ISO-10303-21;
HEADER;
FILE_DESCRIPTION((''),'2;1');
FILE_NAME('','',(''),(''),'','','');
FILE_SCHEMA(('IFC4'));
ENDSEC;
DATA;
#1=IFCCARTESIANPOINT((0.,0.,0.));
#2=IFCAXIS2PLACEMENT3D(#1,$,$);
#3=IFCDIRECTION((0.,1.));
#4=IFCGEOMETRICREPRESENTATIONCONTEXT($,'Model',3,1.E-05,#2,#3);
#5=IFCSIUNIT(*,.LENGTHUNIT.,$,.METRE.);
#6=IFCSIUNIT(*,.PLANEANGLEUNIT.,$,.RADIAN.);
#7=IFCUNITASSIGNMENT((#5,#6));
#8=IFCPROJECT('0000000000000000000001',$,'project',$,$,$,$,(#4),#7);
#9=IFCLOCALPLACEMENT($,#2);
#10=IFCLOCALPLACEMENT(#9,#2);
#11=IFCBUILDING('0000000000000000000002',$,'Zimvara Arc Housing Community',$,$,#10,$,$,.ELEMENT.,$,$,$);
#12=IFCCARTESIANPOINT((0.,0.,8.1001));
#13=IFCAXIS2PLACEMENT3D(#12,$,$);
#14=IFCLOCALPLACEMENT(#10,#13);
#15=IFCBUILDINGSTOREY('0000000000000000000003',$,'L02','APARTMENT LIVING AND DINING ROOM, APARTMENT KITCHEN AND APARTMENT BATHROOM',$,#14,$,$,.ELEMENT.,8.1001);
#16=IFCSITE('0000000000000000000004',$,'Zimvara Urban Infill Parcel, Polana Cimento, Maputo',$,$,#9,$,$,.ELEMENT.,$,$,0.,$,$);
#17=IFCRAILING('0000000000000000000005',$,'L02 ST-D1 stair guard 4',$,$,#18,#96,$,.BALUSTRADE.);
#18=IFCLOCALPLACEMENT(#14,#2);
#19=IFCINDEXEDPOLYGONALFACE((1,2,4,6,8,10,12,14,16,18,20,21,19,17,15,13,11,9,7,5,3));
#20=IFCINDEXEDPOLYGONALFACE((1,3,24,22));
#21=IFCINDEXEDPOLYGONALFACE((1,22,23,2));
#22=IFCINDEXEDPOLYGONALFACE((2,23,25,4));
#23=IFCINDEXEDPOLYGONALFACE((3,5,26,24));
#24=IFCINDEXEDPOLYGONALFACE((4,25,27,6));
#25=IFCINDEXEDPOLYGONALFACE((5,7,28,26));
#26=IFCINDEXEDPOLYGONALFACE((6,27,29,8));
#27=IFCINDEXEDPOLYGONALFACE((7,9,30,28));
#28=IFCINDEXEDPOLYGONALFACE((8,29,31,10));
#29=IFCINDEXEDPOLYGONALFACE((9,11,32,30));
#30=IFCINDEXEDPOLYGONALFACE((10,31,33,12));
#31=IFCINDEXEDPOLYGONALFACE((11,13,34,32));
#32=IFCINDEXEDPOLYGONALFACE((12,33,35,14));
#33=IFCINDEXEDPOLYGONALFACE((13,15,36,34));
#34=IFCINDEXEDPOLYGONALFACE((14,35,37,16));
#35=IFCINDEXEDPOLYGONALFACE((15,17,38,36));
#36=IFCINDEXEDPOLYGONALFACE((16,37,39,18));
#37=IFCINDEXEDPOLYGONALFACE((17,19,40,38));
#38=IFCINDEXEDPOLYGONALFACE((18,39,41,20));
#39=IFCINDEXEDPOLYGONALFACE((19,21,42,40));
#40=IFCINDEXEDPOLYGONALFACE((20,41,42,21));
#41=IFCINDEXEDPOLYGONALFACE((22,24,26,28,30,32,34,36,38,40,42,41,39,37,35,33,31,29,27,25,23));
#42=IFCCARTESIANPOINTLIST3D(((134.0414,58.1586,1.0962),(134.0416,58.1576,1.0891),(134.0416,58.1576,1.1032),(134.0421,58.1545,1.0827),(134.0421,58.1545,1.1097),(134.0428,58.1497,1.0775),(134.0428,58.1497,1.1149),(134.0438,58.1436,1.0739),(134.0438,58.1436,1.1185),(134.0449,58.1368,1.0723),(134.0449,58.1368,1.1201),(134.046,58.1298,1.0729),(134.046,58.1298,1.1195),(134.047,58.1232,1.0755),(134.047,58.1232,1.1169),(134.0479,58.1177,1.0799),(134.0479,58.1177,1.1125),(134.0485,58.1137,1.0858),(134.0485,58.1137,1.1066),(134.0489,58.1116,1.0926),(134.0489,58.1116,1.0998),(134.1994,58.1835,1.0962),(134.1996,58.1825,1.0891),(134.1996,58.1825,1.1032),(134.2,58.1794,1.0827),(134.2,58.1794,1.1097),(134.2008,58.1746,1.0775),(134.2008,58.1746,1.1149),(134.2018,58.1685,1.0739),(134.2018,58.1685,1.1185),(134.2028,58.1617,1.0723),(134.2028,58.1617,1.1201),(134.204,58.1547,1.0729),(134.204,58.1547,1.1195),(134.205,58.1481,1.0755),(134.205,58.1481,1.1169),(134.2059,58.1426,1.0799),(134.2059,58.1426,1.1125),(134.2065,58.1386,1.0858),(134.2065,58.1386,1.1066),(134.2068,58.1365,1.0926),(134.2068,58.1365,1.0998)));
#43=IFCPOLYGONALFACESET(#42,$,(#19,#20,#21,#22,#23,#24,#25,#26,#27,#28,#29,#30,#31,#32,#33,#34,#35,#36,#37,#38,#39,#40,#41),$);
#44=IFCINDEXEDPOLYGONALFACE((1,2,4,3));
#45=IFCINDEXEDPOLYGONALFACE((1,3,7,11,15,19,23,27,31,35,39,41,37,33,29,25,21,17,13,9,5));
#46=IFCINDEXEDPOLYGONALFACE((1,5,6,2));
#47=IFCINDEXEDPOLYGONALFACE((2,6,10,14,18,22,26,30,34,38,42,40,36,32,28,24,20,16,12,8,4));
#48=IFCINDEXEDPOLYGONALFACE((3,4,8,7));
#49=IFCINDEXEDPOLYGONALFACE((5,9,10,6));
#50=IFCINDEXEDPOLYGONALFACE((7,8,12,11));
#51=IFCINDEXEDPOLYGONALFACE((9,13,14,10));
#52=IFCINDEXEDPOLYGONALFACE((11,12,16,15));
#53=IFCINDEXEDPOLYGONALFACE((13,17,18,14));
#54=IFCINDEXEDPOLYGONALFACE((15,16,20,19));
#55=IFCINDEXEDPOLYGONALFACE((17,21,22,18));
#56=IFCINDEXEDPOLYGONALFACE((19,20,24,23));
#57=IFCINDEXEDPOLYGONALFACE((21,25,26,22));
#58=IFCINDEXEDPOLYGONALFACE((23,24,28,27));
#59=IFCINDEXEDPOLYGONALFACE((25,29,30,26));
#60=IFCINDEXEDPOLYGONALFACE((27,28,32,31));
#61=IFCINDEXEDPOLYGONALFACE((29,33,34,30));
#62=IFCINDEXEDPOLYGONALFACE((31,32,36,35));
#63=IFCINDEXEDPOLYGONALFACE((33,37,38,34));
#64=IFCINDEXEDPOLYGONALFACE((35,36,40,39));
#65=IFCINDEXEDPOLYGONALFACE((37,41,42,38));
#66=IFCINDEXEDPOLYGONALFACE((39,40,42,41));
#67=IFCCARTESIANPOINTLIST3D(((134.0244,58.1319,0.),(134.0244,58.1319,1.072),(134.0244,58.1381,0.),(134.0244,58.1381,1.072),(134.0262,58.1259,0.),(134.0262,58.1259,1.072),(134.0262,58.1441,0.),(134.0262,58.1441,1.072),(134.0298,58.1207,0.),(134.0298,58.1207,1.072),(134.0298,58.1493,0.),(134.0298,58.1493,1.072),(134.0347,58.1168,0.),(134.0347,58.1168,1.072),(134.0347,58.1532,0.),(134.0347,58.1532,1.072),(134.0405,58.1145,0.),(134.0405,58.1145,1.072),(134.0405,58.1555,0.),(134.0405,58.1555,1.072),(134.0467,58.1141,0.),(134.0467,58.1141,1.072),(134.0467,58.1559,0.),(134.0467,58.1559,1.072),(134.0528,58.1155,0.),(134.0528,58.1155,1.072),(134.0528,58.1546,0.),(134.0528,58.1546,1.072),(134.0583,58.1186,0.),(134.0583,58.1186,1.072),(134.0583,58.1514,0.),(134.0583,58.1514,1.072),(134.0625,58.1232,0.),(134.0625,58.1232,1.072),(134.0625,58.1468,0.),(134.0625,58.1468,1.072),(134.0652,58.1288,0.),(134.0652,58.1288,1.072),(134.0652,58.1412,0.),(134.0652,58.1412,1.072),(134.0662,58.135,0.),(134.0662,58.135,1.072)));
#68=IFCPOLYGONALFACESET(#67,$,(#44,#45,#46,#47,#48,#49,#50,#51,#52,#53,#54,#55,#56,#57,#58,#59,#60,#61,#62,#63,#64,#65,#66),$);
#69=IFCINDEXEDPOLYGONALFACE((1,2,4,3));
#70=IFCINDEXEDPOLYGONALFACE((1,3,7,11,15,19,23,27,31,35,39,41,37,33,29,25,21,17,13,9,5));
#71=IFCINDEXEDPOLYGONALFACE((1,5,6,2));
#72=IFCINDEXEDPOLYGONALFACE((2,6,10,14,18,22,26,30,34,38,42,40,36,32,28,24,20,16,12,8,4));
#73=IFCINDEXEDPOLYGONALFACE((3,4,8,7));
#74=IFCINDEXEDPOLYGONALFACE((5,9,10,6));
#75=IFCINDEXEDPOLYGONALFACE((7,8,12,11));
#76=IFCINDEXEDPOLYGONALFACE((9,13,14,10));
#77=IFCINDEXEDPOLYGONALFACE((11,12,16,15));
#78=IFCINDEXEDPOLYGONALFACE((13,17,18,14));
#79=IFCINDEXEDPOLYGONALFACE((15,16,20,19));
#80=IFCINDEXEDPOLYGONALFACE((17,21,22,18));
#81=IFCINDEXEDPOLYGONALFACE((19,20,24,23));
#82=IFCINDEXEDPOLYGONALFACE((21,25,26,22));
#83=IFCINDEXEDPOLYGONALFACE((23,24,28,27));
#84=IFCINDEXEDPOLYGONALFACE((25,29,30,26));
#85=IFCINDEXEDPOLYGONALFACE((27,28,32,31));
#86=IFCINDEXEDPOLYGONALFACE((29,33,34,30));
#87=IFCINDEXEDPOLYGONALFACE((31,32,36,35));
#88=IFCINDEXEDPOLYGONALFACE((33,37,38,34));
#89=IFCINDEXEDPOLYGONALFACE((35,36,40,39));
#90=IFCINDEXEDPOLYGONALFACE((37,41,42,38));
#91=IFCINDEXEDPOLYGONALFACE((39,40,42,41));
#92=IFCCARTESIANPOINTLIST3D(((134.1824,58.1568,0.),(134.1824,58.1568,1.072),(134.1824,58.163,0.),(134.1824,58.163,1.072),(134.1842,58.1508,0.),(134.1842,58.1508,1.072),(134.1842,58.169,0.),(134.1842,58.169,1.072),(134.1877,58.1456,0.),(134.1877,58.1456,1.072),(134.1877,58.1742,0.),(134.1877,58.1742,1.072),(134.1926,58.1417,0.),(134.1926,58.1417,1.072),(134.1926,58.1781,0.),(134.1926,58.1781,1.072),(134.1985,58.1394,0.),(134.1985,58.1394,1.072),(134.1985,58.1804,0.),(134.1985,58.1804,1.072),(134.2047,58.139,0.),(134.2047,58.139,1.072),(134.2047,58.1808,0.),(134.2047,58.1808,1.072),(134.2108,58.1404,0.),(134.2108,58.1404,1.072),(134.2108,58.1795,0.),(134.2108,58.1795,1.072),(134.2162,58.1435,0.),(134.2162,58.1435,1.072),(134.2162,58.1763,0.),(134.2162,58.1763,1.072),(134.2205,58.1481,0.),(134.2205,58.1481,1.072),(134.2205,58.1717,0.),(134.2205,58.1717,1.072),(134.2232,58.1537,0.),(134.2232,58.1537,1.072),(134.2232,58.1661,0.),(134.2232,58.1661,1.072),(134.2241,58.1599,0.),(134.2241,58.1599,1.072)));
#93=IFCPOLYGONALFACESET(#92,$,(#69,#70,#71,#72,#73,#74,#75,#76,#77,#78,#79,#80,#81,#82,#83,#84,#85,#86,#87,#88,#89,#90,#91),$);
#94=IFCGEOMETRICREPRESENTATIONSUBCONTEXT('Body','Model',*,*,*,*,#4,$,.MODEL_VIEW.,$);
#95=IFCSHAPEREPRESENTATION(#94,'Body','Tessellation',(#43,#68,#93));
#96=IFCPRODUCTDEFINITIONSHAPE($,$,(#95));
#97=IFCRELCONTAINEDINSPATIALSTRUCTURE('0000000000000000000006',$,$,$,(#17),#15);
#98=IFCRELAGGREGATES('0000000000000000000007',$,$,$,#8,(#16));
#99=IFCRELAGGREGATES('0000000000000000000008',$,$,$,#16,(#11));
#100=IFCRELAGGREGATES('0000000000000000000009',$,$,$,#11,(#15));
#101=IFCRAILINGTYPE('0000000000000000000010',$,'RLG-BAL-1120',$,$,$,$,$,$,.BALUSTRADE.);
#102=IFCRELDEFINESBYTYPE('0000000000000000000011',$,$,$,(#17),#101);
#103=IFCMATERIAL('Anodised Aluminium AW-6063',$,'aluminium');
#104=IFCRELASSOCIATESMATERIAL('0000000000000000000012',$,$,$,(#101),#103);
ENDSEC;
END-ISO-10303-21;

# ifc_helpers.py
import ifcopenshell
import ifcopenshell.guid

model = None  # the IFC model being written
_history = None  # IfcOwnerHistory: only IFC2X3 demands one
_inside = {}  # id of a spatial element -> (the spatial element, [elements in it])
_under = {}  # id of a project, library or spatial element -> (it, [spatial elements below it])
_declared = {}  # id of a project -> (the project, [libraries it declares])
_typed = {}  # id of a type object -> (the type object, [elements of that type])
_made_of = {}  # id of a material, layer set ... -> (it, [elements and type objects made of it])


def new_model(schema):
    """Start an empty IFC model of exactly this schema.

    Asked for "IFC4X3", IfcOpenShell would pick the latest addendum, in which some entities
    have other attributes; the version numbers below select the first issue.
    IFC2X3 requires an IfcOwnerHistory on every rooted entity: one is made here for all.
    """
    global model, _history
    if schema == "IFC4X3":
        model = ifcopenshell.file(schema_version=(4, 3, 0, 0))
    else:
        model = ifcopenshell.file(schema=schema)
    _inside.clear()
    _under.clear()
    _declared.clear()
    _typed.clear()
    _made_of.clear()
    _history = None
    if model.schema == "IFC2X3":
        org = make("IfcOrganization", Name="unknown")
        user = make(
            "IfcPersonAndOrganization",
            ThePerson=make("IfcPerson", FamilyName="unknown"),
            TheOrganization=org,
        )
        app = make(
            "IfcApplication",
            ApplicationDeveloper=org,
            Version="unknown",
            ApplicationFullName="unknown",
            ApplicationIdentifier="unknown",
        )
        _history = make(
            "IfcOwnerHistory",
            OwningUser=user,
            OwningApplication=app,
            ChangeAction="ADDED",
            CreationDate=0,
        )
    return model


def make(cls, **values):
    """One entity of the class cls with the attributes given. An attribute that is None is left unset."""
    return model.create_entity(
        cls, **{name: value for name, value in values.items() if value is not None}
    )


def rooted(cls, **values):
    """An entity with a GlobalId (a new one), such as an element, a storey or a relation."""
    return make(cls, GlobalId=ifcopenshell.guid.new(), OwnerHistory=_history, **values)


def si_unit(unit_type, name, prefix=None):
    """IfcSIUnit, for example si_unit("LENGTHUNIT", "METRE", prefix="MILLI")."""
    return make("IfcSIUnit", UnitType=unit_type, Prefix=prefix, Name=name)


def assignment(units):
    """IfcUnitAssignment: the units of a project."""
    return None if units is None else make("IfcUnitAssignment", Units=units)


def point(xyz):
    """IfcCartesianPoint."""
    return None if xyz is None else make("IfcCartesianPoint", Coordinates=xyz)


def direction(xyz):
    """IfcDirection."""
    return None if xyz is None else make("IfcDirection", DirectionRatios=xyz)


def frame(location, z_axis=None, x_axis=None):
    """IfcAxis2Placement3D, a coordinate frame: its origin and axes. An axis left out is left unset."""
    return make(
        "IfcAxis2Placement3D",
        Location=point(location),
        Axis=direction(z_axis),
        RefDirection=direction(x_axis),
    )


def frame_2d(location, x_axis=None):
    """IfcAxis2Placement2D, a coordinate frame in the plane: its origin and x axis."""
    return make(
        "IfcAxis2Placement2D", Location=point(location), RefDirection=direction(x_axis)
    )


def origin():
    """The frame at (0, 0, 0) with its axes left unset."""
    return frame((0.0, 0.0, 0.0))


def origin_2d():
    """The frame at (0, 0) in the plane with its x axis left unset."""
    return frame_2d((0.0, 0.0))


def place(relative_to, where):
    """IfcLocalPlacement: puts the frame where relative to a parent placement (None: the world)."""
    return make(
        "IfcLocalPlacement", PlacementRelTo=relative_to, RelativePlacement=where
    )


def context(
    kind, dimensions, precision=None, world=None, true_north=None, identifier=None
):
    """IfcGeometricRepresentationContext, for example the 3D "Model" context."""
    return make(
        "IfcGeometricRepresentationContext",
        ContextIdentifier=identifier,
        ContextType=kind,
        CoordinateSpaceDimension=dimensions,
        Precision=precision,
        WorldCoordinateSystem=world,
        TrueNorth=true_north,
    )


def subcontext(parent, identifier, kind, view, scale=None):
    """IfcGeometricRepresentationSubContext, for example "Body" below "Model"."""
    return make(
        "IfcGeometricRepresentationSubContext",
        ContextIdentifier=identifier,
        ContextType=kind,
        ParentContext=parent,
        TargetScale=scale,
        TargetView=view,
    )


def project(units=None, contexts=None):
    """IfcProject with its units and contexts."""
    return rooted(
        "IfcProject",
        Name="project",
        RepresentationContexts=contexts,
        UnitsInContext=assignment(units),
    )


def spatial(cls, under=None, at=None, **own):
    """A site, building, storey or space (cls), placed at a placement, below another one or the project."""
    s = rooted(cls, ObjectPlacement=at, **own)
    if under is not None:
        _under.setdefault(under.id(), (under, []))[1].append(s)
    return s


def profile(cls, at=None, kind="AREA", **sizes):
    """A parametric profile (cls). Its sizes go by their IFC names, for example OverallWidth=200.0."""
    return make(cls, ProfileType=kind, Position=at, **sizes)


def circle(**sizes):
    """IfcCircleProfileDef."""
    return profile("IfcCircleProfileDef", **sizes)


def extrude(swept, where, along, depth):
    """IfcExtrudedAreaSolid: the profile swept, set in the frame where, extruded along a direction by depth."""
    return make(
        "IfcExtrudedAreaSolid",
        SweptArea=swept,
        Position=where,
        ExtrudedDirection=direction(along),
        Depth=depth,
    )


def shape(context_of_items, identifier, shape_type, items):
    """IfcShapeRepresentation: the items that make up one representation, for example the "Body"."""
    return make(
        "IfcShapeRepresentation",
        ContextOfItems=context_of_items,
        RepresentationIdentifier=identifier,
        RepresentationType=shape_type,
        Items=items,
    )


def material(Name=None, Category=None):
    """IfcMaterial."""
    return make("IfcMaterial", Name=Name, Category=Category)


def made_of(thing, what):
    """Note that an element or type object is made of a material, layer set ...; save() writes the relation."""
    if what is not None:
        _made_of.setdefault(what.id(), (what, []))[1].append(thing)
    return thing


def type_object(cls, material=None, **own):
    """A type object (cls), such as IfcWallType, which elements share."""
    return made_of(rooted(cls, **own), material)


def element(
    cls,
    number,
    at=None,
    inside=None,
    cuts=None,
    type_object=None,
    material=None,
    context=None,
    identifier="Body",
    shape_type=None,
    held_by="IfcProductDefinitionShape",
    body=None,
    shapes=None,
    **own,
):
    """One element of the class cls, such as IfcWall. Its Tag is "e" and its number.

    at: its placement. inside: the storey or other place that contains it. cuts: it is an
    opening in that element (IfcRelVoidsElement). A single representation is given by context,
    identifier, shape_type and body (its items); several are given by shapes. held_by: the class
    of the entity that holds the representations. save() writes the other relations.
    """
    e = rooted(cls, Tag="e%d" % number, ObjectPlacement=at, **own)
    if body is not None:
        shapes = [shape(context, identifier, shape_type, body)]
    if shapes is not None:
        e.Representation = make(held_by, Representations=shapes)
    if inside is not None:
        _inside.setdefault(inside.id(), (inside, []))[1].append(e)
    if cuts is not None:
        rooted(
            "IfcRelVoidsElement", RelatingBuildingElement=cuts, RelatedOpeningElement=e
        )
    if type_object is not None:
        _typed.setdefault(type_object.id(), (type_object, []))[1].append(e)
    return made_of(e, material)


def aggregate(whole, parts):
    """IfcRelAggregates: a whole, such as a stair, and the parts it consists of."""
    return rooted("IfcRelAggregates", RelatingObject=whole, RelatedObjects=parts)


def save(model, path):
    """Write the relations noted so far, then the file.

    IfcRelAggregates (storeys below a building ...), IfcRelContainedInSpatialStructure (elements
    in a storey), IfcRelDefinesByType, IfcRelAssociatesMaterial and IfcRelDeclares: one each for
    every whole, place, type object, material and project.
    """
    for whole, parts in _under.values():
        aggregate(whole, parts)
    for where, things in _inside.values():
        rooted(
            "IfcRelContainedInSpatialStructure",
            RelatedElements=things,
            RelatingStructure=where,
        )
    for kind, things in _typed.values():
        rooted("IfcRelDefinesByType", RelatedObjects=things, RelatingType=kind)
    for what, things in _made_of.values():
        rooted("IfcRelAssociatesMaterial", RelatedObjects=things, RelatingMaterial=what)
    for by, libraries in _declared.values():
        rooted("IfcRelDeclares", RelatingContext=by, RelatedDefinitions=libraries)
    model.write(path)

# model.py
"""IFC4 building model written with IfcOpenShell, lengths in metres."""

from ifc_helpers import new_model, si_unit, direction, frame, origin, origin_2d, place, context, subcontext, project, spatial, circle, extrude, material, type_object, element, save


model = new_model("IFC4")

# Units and contexts
model_context = context("Model", 3, precision=1e-05, world=origin(), true_north=direction((0.0, 1.0)))
body_context = subcontext(model_context, "Body", "Model", "MODEL_VIEW")
ifc_project = project(units=[si_unit("LENGTHUNIT", "METRE"), si_unit("PLANEANGLEUNIT", "RADIAN")], contexts=[model_context])

# Site, building, storey
site_placement = place(None, origin())
site = spatial("IfcSite", under=ifc_project, at=site_placement, Name="Zimvara Urban Infill Parcel, Polana Cimento, Maputo", CompositionType="ELEMENT", RefElevation=0.0)
building_placement = place(site_placement, origin())
building = spatial("IfcBuilding", under=site, at=building_placement, Name="Zimvara Arc Housing Community", CompositionType="ELEMENT")
storey_placement = place(building_placement, frame((0.0, 0.0, 8.1001)))
storey = spatial("IfcBuildingStorey", under=building, at=storey_placement, Name="L02", Description="APARTMENT LIVING AND DINING ROOM, APARTMENT KITCHEN AND APARTMENT BATHROOM", CompositionType="ELEMENT", Elevation=8.1001)

# Railing
ifc_material_1 = material(Name="Anodised Aluminium AW-6063", Category="aluminium")
railing_type = type_object("IfcRailingType", Name="RLG-BAL-1120", PredefinedType="BALUSTRADE", material=ifc_material_1)
railing_1_placement = place(storey_placement, frame((134.0452, 58.135, 0.0)))
element("IfcRailing", 1, at=railing_1_placement, inside=storey, type_object=railing_type, Name="L02 ST-D1 stair guard 4", PredefinedType="BALUSTRADE", context=body_context, shape_type="SweptSolid", body=[
    extrude(circle(Radius=0.0239, at=origin_2d()), frame((0.0, 0.0, 1.0962), z_axis=(0.9878, 0.155727, 0.0), x_axis=(-0.155727, 0.9878, 0.0)), (0.0, 0.0, 1.0), 0.1599),
    extrude(circle(Radius=0.021, at=origin_2d()), origin(), (0.0, 0.0, 1.0), 1.072),
    extrude(circle(Radius=0.021, at=origin_2d()), frame((0.158, 0.0249, 0.0)), (0.0, 0.0, 1.0), 1.072),
])

save(model, "model.ifc")
